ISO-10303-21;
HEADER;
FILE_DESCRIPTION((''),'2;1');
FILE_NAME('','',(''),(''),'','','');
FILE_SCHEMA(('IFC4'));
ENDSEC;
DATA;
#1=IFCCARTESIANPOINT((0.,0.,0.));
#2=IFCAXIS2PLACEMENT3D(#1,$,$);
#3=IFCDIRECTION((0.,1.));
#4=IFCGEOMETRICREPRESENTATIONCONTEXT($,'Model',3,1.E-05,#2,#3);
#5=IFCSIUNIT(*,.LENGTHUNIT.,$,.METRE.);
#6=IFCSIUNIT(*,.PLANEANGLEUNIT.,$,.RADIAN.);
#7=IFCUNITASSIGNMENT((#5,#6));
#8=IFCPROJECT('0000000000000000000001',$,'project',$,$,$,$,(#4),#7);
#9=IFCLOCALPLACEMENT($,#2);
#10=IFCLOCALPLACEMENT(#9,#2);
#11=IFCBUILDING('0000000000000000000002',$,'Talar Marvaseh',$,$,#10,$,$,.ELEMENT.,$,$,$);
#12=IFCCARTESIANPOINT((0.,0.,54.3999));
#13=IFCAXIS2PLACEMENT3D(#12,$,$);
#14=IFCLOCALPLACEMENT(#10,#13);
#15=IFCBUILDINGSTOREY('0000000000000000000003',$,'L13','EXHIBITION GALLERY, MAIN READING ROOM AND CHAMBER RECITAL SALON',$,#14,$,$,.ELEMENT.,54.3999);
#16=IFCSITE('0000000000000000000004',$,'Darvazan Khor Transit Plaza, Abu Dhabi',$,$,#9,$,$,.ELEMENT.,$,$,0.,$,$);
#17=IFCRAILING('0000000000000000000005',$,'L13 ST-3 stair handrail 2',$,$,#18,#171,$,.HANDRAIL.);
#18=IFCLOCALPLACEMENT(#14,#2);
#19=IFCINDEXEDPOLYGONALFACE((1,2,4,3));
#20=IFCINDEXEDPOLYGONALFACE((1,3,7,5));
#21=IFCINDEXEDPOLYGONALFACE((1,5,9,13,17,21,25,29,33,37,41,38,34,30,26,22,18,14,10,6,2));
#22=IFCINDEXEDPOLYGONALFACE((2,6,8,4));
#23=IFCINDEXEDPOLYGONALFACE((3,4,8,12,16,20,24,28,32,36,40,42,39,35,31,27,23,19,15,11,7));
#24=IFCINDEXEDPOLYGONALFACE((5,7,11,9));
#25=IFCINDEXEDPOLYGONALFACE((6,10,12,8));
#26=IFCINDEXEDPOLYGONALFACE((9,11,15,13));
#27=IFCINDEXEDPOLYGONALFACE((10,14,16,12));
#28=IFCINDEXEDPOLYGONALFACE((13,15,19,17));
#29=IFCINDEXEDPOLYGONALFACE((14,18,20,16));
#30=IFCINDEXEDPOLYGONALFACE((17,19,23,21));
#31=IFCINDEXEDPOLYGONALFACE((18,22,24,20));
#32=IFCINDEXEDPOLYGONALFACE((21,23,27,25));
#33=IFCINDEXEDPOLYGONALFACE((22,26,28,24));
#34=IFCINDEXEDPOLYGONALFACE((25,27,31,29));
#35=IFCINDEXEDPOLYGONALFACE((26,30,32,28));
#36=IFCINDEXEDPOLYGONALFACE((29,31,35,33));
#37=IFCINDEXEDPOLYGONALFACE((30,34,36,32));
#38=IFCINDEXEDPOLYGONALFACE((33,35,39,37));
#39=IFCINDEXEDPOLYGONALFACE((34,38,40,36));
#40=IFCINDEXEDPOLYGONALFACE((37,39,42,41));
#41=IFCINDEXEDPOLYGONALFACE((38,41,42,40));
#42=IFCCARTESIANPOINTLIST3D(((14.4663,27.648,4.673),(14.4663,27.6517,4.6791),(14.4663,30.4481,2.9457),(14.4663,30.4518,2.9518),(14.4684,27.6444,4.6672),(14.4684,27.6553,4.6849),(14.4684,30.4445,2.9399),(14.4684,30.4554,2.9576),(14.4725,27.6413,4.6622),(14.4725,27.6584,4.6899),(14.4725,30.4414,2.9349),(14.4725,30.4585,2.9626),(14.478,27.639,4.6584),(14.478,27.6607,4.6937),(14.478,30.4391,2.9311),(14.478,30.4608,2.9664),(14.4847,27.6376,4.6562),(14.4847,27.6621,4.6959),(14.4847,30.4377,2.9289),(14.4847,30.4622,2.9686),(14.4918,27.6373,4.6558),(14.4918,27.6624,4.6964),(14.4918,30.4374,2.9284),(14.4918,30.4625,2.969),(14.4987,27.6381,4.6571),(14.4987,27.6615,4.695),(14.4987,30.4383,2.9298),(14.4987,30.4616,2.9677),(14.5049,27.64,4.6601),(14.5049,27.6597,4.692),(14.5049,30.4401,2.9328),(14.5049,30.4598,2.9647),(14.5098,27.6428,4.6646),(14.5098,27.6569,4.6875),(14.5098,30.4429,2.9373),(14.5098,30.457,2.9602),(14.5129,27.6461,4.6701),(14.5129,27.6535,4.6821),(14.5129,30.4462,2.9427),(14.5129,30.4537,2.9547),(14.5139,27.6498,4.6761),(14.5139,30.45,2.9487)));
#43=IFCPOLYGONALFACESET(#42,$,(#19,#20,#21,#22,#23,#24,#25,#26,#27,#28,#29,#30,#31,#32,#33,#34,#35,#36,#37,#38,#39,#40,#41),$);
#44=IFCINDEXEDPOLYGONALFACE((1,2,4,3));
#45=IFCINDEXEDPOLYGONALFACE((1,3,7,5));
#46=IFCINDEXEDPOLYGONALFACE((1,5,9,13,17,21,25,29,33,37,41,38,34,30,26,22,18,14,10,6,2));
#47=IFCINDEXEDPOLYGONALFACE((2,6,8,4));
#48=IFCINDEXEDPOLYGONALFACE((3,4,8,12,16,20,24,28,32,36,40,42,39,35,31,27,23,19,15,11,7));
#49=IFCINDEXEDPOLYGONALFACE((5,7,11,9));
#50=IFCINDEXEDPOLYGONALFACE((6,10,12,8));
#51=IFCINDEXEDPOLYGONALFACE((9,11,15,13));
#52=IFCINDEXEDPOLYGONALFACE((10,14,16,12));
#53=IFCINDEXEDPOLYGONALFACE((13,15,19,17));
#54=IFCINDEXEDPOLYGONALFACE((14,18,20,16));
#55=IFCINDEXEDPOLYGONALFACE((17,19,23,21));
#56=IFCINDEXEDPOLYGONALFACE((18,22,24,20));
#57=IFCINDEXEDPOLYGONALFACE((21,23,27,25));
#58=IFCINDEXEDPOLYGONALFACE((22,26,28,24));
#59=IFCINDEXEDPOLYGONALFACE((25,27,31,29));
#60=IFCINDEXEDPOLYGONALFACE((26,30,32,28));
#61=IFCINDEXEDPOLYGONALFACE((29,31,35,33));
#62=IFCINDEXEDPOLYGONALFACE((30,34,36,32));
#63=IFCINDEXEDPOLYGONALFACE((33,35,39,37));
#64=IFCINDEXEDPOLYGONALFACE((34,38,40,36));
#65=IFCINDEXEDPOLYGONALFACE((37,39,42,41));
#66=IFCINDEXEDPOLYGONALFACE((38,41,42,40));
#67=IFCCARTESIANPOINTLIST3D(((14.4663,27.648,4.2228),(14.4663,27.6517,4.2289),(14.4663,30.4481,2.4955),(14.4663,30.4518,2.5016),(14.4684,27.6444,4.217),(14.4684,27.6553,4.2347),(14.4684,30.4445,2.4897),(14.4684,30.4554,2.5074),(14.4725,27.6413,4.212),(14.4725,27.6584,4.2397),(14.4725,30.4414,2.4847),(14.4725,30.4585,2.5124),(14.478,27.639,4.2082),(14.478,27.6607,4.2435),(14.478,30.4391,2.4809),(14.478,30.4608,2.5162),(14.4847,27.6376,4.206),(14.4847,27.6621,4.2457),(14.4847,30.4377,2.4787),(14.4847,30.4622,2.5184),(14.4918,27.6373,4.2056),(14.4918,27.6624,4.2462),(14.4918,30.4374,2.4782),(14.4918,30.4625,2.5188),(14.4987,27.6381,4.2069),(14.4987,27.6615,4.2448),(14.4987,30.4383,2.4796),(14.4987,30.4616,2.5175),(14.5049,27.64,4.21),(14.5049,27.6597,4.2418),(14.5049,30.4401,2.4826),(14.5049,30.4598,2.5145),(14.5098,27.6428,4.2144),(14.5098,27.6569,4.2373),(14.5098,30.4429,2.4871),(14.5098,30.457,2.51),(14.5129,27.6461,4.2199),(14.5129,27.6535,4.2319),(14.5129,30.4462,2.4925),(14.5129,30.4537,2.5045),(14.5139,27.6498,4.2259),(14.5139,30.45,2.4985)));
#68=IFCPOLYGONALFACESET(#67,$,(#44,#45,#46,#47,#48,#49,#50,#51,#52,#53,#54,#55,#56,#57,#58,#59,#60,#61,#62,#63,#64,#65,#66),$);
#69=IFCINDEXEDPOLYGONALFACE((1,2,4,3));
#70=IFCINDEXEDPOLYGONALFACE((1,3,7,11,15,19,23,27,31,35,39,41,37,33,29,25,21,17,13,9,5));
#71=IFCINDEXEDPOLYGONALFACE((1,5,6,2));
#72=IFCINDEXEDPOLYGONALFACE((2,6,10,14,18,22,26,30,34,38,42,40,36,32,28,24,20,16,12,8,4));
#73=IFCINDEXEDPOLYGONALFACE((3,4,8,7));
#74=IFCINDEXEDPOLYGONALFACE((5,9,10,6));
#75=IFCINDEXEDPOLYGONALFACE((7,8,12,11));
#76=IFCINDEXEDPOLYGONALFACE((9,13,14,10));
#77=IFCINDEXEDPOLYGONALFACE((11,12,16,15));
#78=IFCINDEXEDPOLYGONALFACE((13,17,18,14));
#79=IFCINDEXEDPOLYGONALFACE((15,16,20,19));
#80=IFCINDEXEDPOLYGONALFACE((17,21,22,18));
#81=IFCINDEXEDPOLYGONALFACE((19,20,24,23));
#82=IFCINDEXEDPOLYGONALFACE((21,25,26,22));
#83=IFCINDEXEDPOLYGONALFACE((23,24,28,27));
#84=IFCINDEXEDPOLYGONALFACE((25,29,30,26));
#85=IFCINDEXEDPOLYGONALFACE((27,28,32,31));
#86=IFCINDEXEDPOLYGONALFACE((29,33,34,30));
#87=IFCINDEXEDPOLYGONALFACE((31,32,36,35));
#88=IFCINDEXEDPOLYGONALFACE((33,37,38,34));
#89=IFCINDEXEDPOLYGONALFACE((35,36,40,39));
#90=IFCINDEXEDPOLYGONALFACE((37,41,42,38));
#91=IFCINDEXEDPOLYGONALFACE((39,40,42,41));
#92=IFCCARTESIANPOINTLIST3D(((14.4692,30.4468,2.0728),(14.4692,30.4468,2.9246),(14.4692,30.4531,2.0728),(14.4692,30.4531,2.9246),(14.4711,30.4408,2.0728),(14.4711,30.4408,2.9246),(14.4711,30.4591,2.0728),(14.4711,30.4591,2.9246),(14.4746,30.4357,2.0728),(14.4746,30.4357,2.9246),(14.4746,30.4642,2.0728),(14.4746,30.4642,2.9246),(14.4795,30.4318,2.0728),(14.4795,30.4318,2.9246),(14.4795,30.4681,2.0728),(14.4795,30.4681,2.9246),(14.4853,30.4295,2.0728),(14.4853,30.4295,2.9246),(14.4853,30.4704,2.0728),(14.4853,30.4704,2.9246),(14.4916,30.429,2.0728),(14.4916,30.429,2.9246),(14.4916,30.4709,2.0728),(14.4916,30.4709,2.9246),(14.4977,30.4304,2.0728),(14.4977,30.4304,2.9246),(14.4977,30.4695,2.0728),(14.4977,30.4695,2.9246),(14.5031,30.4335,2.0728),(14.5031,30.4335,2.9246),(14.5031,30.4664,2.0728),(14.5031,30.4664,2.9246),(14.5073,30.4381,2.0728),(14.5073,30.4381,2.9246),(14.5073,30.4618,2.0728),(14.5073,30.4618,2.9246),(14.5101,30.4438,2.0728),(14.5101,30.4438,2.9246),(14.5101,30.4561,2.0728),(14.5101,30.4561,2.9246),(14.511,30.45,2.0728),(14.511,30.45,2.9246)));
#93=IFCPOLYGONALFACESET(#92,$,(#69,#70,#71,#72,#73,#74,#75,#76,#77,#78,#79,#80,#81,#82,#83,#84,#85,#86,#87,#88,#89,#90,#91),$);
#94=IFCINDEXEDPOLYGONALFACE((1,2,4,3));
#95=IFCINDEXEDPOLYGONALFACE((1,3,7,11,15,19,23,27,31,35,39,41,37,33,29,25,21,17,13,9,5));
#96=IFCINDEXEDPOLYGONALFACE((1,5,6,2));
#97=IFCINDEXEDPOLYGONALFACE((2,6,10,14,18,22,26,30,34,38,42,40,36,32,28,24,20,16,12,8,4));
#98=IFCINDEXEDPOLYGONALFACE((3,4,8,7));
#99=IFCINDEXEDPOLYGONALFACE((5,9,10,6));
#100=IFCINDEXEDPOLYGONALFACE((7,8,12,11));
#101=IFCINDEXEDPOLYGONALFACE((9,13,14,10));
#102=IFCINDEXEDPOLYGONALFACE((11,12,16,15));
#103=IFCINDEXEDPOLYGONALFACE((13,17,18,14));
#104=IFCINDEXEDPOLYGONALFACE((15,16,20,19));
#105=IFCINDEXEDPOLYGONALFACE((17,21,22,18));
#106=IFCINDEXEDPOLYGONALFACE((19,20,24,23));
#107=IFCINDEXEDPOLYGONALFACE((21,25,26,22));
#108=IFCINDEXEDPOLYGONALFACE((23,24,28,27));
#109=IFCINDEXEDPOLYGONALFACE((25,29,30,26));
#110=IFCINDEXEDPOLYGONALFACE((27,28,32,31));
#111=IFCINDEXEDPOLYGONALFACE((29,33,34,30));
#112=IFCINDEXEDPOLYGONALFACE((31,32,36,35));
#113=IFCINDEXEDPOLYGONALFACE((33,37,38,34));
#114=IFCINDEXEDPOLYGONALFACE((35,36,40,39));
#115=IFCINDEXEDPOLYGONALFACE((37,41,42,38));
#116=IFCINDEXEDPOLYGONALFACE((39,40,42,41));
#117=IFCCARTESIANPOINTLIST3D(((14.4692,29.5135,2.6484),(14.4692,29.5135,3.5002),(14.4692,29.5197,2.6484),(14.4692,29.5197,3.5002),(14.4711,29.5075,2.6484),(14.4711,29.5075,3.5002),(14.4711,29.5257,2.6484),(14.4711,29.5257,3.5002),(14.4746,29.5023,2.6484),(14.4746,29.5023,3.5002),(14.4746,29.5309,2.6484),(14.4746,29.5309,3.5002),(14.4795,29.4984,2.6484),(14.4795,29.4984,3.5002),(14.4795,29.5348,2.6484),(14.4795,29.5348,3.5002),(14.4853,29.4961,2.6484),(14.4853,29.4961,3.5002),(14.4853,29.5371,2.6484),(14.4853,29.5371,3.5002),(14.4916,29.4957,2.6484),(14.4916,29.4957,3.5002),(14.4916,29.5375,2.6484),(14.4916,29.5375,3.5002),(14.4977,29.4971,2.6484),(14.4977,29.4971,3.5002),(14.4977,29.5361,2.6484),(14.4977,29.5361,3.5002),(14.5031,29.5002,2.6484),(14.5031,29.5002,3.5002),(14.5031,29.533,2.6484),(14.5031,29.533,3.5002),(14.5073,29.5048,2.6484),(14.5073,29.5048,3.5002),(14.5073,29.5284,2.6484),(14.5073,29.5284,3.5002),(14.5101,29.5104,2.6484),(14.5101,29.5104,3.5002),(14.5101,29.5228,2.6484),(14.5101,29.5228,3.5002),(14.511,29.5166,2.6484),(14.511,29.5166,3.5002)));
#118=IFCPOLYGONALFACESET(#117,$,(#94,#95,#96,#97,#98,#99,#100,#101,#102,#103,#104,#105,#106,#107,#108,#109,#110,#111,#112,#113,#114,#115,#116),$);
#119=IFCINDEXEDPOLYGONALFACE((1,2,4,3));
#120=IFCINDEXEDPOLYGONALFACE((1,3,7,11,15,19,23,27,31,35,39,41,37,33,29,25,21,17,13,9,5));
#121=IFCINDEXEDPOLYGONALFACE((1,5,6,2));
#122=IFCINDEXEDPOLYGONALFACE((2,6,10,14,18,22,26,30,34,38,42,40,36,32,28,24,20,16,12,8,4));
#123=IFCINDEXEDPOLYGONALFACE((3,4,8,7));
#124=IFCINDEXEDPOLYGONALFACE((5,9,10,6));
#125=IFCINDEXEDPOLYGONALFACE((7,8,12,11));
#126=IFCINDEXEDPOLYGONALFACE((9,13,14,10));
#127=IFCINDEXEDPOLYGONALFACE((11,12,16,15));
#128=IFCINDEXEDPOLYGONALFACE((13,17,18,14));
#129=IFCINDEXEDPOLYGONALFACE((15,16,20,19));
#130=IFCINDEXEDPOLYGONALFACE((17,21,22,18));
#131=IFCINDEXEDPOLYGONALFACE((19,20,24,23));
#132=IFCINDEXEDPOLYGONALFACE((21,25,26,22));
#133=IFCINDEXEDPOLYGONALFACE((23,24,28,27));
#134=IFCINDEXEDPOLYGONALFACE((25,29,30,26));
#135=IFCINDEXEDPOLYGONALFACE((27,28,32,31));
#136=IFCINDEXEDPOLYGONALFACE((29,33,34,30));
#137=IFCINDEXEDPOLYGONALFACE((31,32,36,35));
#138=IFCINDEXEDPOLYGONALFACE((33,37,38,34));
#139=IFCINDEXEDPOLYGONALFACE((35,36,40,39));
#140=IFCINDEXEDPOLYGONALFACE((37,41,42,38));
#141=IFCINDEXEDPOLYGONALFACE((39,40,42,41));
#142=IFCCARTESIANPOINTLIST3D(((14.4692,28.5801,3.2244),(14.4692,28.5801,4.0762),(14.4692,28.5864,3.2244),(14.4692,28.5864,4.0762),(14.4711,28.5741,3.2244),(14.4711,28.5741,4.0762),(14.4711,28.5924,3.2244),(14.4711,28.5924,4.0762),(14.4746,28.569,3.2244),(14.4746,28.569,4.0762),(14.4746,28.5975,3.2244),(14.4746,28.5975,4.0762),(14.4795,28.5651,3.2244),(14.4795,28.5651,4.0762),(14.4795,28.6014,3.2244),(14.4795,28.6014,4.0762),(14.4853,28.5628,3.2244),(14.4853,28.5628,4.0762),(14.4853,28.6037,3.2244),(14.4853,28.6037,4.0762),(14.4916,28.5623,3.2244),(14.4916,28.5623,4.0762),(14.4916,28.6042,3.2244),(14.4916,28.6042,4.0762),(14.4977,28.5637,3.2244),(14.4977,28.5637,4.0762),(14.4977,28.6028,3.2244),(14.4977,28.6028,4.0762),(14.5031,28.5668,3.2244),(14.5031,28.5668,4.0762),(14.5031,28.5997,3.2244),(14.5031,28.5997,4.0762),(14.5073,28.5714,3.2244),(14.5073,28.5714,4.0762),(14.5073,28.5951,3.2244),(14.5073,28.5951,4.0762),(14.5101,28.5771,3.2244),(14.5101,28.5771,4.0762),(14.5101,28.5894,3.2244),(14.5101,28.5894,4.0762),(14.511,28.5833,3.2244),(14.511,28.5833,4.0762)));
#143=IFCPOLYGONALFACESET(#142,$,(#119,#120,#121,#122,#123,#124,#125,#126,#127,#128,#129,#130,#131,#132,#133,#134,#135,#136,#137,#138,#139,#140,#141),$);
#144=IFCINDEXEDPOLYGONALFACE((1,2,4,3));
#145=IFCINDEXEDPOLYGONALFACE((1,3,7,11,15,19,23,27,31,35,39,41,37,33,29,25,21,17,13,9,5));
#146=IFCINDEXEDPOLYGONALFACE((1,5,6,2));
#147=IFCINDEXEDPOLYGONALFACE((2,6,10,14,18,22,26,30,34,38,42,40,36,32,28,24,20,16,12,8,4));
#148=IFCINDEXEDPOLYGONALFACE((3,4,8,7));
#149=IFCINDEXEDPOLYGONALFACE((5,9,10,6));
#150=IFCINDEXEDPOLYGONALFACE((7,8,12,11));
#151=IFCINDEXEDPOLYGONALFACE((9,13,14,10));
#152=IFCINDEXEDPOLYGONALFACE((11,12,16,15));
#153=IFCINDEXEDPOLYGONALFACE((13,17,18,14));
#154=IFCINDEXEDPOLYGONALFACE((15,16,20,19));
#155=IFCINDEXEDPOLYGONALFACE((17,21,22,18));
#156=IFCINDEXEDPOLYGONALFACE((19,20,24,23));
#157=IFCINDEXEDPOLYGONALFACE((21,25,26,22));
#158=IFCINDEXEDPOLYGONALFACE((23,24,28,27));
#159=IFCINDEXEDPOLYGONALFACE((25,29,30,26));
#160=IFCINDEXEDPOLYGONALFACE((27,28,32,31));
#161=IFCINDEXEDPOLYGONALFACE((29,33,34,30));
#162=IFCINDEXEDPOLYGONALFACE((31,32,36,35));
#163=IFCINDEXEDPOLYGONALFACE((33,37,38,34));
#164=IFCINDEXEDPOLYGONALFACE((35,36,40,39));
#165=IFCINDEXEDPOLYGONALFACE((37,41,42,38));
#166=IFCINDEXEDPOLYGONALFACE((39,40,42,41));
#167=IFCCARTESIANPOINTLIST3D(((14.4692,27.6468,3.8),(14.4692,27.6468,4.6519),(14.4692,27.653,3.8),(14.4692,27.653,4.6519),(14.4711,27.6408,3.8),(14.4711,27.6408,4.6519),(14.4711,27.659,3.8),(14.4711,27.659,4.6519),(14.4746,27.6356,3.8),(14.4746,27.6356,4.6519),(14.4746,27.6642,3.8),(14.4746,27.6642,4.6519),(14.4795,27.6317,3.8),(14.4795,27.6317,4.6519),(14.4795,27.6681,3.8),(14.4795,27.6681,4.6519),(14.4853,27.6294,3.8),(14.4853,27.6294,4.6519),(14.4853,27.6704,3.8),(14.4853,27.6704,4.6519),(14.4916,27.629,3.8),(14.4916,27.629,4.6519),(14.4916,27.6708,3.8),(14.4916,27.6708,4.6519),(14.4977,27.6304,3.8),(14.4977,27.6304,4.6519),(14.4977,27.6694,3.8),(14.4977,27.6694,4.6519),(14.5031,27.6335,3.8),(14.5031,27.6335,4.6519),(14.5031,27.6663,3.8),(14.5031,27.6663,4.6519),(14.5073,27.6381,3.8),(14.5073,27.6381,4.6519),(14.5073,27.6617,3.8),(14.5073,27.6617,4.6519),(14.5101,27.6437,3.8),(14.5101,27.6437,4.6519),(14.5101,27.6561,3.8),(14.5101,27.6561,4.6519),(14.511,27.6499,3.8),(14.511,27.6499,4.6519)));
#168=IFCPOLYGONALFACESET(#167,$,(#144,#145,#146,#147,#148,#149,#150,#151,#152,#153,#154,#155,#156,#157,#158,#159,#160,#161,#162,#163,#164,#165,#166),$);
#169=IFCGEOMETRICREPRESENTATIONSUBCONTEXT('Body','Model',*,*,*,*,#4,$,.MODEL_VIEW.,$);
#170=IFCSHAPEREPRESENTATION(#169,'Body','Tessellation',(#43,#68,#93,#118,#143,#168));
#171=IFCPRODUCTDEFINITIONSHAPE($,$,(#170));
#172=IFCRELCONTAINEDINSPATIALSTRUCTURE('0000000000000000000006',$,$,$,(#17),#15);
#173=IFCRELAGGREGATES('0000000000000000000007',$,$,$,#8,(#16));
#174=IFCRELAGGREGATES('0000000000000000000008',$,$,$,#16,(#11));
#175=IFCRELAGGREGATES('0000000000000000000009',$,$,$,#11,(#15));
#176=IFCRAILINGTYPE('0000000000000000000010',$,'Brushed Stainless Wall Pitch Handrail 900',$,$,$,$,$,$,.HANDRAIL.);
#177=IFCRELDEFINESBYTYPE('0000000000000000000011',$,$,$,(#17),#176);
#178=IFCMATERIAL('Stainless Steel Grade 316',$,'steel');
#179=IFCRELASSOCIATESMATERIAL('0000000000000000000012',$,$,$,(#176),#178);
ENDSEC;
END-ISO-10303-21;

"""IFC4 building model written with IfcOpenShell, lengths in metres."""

from ifc_helpers import new_model, si_unit, direction, frame, origin, origin_2d, place, context, subcontext, project, spatial, circle, extrude, material, type_object, element, save


model = new_model("IFC4")

# Units and contexts
model_context = context("Model", 3, precision=1e-05, world=origin(), true_north=direction((0.0, 1.0)))
body_context = subcontext(model_context, "Body", "Model", "MODEL_VIEW")
ifc_project = project(units=[si_unit("LENGTHUNIT", "METRE"), si_unit("PLANEANGLEUNIT", "RADIAN")], contexts=[model_context])

# Site, building, storey
site_placement = place(None, origin())
site = spatial("IfcSite", under=ifc_project, at=site_placement, Name="Darvazan Khor Transit Plaza, Abu Dhabi", CompositionType="ELEMENT", RefElevation=0.0)
building_placement = place(site_placement, origin())
building = spatial("IfcBuilding", under=site, at=building_placement, Name="Talar Marvaseh", CompositionType="ELEMENT")
storey_placement = place(building_placement, frame((0.0, 0.0, 54.3999)))
storey = spatial("IfcBuildingStorey", under=building, at=storey_placement, Name="L13", Description="EXHIBITION GALLERY, MAIN READING ROOM AND CHAMBER RECITAL SALON", CompositionType="ELEMENT", Elevation=54.3999)

# Railing
ifc_material_1 = material(Name="Stainless Steel Grade 316", Category="steel")
railing_type_1 = type_object("IfcRailingType", Name="Brushed Stainless Wall Pitch Handrail 900", PredefinedType="HANDRAIL", material=ifc_material_1)
railing_1_placement = place(storey_placement, frame((14.49, 30.45, 2.0728)))
element("IfcRailing", 1, at=railing_1_placement, inside=storey, type_object=railing_type_1, Name="L13 ST-3 stair handrail 2", PredefinedType="HANDRAIL", context=body_context, shape_type="SweptSolid", body=[
    extrude(circle(Radius=0.0239, at=origin_2d()), frame((0.0, 0.0, 0.876), z_axis=(0.0, -0.85109, 0.52502), x_axis=(1.0, 0.0, 0.0)), (0.0, 0.0, 1.0), 3.29),
    extrude(circle(Radius=0.0239, at=origin_2d()), frame((0.0, 0.0, 0.4258), z_axis=(0.0, -0.85109, 0.52502), x_axis=(1.0, 0.0, 0.0)), (0.0, 0.0, 1.0), 3.29),
    extrude(circle(Radius=0.021, at=origin_2d()), origin(), (0.0, 0.0, 1.0), 0.8518),
    extrude(circle(Radius=0.021, at=origin_2d()), frame((0.0, -0.9333, 0.5757)), (0.0, 0.0, 1.0), 0.8518),
    extrude(circle(Radius=0.021, at=origin_2d()), frame((0.0, -1.8667, 1.1516)), (0.0, 0.0, 1.0), 0.8518),
    extrude(circle(Radius=0.021, at=origin_2d()), frame((0.0, -2.8, 1.7273)), (0.0, 0.0, 1.0), 0.8518),
])

save(model, "model.ifc")
